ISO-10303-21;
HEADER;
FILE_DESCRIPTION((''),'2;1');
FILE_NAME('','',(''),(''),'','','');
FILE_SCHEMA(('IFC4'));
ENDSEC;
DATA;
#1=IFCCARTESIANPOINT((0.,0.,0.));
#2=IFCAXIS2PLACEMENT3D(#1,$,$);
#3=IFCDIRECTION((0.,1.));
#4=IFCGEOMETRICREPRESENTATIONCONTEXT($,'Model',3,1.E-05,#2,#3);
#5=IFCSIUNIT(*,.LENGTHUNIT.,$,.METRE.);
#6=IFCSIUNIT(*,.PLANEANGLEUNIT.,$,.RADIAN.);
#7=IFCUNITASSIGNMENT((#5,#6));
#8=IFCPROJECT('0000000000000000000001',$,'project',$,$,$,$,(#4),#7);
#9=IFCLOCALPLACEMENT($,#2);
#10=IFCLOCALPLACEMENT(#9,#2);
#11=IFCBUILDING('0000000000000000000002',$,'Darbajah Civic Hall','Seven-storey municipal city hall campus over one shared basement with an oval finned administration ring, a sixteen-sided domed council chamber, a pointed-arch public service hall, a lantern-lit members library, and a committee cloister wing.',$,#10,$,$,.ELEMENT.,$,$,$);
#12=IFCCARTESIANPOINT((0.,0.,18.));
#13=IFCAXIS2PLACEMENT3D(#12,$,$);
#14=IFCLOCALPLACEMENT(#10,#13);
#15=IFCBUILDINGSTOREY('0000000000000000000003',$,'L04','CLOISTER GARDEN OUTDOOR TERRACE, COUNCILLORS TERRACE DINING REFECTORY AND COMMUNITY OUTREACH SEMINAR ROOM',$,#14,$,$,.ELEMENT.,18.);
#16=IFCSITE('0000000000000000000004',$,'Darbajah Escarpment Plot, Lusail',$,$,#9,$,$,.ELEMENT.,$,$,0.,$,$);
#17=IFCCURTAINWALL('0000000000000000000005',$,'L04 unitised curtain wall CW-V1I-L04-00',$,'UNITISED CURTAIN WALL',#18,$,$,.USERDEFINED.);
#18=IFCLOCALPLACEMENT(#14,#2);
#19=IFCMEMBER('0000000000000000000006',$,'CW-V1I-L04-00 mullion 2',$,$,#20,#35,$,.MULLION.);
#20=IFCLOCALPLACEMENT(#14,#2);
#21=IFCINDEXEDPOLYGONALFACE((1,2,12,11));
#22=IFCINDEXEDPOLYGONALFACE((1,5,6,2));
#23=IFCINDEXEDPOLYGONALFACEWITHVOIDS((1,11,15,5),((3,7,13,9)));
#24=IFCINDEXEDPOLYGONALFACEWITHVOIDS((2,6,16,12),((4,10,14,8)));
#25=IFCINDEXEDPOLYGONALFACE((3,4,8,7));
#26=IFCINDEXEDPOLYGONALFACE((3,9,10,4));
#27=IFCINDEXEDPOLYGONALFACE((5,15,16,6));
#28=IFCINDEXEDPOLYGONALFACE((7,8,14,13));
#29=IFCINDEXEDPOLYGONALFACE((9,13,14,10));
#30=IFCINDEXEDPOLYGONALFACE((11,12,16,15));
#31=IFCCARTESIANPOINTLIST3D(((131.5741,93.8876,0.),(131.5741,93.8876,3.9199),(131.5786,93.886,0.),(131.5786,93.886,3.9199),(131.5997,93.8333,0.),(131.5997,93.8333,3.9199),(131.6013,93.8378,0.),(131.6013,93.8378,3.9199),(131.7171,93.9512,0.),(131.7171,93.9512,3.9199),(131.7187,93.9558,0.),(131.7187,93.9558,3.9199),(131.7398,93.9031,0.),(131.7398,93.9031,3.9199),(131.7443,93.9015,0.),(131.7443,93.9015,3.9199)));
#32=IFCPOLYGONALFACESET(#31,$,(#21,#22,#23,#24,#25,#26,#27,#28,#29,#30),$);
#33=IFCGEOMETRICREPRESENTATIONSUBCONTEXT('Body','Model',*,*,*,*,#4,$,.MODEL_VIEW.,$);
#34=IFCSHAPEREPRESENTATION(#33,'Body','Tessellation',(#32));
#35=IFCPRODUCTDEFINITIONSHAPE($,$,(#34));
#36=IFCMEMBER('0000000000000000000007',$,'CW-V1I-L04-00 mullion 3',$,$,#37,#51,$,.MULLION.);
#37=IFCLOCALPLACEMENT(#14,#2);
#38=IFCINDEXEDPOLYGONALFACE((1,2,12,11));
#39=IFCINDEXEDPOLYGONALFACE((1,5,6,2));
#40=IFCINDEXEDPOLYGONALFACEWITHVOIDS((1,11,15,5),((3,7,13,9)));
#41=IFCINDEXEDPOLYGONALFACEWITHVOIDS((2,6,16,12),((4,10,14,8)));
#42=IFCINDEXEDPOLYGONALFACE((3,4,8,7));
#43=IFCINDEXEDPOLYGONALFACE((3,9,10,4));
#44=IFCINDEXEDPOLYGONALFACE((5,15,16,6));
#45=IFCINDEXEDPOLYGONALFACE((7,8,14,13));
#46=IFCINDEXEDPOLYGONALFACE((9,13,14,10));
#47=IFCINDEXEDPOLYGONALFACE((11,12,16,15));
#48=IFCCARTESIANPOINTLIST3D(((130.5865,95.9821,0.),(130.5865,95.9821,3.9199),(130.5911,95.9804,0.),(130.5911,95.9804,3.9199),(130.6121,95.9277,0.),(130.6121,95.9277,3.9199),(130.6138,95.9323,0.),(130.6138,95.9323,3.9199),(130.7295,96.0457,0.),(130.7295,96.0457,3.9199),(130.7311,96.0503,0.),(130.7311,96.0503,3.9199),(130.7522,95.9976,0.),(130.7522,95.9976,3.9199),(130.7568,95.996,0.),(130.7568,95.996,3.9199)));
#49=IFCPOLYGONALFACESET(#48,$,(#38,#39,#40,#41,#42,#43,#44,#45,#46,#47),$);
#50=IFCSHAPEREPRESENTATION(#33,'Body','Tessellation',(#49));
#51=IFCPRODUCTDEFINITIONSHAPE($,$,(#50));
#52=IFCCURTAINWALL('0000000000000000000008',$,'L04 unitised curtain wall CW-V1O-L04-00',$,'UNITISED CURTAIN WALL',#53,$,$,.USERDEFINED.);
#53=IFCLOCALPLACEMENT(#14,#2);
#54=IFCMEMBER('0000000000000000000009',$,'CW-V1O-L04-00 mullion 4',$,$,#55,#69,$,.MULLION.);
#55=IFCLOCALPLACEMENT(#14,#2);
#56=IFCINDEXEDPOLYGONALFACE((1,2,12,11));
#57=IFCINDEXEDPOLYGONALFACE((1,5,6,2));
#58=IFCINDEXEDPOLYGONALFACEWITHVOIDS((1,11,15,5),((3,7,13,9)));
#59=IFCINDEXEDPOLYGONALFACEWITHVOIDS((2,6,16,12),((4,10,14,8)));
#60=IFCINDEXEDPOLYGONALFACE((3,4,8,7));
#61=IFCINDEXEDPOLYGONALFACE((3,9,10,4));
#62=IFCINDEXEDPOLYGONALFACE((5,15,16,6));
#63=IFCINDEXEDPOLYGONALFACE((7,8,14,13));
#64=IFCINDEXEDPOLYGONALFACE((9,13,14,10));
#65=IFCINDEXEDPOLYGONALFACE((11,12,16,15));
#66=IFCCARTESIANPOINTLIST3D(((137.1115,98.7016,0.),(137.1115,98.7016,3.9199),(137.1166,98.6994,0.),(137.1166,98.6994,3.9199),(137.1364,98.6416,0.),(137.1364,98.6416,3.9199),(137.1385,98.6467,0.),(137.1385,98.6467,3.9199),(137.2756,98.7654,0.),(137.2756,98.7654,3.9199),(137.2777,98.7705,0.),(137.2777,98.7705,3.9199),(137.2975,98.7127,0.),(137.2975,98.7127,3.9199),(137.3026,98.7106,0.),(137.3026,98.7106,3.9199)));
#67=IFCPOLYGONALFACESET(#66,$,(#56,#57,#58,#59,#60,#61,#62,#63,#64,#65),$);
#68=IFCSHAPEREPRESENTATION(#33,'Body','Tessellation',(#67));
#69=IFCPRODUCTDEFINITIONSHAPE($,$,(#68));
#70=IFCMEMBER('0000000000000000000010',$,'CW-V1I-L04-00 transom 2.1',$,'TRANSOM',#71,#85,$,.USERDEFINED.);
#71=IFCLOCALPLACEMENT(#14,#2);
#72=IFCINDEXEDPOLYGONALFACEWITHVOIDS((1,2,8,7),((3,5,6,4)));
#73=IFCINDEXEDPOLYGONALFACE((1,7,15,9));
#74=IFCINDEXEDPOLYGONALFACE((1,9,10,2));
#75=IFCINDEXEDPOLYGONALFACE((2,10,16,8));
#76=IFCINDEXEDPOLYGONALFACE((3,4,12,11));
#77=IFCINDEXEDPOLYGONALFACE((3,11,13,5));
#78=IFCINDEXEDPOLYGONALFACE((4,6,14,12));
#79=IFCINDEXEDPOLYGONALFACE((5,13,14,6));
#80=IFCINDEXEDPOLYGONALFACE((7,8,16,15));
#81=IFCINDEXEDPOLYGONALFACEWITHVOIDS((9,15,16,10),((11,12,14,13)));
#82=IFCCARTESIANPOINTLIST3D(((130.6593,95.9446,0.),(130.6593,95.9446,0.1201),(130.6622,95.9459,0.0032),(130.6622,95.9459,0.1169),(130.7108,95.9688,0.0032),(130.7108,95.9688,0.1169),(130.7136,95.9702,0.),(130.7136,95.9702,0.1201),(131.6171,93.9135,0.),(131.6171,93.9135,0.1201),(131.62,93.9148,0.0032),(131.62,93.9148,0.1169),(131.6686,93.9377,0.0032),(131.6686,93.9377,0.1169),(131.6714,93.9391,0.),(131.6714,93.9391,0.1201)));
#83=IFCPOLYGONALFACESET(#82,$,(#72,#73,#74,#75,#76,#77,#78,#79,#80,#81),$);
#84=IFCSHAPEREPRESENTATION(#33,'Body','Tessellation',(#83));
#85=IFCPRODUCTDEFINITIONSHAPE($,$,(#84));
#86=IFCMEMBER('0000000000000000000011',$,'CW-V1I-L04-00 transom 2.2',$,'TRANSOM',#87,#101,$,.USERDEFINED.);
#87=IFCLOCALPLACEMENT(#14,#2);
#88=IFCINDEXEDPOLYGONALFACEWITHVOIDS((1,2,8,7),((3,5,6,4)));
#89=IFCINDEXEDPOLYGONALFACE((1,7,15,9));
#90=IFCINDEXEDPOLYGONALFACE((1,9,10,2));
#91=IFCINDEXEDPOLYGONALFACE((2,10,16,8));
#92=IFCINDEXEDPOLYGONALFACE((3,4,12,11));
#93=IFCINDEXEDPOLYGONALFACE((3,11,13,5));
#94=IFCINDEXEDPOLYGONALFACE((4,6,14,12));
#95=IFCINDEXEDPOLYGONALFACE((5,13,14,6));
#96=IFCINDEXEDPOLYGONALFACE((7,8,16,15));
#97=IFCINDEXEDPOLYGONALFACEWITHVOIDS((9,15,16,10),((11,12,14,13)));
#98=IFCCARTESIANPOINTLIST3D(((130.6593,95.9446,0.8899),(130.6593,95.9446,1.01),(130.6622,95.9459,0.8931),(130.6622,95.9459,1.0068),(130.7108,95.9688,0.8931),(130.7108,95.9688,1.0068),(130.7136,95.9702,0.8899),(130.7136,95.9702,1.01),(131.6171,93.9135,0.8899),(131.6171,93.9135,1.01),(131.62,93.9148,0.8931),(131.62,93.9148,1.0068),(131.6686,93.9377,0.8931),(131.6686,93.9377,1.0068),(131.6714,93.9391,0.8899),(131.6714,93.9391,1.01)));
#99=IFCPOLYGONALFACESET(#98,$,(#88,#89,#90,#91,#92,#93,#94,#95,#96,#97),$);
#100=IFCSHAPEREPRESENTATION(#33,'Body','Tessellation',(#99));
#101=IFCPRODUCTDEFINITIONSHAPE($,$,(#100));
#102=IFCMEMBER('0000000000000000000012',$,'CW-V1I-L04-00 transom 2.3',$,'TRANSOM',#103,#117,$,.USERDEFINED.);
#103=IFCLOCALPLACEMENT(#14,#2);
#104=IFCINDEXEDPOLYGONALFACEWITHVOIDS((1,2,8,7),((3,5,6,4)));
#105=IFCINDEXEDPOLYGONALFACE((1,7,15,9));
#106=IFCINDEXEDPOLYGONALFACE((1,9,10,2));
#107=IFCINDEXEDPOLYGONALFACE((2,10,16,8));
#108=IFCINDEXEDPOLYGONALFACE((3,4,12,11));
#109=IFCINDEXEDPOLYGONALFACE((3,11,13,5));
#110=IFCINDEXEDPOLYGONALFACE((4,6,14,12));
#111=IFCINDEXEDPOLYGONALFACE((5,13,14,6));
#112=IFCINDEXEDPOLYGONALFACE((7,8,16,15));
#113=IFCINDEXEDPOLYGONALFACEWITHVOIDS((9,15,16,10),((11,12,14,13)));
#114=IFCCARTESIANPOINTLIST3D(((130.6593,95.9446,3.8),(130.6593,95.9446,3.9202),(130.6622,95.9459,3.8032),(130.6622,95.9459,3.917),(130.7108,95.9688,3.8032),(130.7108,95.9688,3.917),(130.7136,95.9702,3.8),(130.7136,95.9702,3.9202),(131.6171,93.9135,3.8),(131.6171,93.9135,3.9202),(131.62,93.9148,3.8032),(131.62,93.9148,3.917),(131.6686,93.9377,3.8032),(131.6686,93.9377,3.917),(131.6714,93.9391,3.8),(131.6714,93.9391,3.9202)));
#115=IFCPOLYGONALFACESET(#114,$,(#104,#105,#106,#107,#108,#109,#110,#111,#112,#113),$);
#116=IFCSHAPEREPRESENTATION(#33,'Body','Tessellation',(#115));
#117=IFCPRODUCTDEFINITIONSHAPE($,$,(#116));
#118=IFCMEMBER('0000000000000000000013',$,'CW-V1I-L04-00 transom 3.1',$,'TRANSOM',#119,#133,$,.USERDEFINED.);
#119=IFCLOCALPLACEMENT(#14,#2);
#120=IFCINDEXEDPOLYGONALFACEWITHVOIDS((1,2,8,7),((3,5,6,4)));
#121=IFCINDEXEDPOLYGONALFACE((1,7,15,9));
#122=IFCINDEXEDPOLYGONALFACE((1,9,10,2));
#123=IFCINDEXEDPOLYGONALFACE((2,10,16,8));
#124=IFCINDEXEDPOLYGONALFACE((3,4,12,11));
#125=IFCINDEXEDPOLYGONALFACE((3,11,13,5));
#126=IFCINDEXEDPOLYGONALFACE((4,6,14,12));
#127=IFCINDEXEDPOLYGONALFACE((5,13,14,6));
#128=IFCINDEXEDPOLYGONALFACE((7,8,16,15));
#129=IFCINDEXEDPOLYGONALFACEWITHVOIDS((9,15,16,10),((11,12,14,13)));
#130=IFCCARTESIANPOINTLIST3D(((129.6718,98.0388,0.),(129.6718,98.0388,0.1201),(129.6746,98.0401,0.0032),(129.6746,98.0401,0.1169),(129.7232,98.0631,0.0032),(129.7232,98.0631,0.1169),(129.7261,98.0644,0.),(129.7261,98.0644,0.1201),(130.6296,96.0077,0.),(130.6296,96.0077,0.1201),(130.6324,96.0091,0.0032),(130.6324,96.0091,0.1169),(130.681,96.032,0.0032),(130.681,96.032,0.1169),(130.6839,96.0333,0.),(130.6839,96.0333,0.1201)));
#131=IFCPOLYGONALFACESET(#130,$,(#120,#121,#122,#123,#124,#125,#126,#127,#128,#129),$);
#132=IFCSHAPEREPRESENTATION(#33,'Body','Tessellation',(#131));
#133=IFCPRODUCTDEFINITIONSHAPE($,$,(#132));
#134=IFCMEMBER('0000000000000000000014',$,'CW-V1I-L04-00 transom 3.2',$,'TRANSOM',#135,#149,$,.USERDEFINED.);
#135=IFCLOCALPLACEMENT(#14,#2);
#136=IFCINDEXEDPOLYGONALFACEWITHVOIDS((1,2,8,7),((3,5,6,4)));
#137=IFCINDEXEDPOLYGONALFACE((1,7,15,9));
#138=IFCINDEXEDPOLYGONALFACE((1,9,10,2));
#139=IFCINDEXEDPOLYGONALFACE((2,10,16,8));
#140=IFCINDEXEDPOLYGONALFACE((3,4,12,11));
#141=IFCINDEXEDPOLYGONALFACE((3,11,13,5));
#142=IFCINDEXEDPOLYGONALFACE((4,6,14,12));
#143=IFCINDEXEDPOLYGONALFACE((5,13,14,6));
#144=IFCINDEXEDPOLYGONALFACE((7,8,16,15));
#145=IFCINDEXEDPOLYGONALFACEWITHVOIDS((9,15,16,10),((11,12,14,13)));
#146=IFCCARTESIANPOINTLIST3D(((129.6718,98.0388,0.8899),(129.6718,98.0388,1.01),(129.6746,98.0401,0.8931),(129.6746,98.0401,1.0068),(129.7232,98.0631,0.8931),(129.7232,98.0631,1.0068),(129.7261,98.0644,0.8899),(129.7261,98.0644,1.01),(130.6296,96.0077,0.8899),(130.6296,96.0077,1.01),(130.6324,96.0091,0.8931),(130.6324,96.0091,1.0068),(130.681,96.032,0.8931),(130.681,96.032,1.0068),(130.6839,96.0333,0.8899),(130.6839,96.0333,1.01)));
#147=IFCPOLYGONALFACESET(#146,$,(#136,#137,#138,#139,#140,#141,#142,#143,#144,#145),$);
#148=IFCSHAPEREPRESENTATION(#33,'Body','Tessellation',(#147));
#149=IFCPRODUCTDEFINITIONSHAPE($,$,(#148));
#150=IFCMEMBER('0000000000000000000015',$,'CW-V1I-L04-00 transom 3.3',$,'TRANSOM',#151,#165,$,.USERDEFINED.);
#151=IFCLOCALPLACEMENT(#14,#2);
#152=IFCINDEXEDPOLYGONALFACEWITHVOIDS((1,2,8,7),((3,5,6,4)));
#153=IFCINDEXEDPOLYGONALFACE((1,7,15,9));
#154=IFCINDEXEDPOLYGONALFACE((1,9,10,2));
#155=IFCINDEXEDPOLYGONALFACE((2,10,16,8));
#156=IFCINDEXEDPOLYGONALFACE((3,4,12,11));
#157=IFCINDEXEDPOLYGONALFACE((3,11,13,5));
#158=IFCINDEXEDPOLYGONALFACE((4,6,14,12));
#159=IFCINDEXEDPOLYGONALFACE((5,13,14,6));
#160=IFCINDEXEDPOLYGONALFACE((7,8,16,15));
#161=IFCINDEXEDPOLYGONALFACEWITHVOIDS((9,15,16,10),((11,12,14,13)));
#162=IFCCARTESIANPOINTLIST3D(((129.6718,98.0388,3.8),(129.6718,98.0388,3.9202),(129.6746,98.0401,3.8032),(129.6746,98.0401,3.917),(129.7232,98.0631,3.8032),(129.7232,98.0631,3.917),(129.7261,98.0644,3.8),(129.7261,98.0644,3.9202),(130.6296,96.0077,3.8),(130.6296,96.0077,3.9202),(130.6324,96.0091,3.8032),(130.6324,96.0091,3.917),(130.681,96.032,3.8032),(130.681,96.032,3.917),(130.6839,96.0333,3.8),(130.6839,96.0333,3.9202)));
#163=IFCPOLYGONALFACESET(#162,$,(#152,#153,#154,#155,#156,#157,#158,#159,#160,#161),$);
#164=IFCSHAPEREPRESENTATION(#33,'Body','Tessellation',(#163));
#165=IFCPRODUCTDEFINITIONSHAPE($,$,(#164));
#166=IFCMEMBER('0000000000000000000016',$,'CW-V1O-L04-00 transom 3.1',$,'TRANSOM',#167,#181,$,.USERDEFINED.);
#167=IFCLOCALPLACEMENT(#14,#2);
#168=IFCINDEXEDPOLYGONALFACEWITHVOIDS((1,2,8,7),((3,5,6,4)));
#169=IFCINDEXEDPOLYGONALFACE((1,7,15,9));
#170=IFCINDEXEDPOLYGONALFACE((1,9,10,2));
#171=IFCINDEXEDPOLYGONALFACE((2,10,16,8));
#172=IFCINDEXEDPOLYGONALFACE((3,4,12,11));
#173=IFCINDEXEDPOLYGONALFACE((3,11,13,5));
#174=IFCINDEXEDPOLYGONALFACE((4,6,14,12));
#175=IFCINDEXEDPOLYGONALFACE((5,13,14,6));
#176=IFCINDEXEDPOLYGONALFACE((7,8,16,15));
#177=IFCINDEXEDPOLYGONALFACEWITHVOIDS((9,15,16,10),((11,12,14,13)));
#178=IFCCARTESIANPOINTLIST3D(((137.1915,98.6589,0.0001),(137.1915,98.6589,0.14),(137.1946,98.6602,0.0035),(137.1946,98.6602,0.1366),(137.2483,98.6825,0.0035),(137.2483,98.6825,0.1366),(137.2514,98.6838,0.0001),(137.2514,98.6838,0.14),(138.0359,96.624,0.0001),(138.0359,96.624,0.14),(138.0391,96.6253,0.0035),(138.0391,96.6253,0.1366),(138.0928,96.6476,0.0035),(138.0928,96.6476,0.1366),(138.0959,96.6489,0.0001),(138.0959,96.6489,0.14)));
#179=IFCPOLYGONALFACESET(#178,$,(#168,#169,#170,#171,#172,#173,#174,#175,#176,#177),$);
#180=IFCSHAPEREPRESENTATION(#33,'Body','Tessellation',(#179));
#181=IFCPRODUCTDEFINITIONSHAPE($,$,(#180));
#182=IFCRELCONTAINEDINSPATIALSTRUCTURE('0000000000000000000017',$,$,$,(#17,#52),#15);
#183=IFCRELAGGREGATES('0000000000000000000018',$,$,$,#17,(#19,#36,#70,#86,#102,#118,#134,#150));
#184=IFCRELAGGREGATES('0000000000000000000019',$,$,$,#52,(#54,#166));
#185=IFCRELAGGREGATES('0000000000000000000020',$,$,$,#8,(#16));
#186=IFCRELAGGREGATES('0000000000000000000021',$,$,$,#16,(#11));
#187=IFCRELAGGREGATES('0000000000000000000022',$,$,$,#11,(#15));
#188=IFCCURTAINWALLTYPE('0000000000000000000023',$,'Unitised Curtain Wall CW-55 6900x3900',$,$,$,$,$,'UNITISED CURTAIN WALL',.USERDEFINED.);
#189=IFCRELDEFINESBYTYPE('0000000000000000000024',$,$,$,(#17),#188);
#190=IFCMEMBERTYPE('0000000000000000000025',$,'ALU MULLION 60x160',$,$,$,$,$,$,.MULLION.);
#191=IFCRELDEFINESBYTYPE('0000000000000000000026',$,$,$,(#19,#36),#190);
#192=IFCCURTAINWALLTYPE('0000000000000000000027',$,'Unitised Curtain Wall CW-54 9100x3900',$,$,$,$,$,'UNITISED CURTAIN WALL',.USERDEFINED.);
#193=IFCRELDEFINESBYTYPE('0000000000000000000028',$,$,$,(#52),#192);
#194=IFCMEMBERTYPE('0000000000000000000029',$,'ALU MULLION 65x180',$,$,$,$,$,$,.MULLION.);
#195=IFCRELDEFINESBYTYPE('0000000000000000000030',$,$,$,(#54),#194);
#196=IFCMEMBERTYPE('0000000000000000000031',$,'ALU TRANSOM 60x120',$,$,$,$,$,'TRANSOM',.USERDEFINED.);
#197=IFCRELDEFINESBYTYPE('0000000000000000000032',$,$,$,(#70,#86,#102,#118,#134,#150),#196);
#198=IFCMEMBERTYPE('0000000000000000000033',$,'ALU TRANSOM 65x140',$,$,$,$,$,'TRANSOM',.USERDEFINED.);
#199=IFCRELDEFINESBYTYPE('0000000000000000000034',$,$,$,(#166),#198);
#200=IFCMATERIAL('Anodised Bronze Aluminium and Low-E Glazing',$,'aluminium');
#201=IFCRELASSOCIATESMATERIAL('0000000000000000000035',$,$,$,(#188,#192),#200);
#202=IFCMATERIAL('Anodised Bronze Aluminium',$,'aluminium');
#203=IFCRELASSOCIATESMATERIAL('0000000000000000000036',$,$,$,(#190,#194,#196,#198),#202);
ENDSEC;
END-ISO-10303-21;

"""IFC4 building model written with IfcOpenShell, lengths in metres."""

from ifc_helpers import new_model, si_unit, direction, frame, origin, origin_2d, place, context, subcontext, project, spatial, hollow_rectangle, extrude, material, material_profile, profile_set, type_object, element, aggregate, save


model = new_model("IFC4")

# Units and contexts
model_context = context("Model", 3, precision=1e-05, world=origin(), true_north=direction((0.0, 1.0)))
body_context = subcontext(model_context, "Body", "Model", "MODEL_VIEW")
ifc_project = project(units=[si_unit("LENGTHUNIT", "METRE"), si_unit("PLANEANGLEUNIT", "RADIAN")], contexts=[model_context])

# Site, building, storey
site_placement = place(None, origin())
site = spatial("IfcSite", under=ifc_project, at=site_placement, Name="Darbajah Escarpment Plot, Lusail", CompositionType="ELEMENT", RefElevation=0.0)
building_placement = place(site_placement, origin())
building = spatial("IfcBuilding", under=site, at=building_placement, Name="Darbajah Civic Hall", Description="Seven-storey municipal city hall campus over one shared basement with an oval finned administration ring, a sixteen-sided domed council chamber, a pointed-arch public service hall, a lantern-lit members library, and a committee cloister wing.", CompositionType="ELEMENT")
storey_placement = place(building_placement, frame((0.0, 0.0, 18.0)))
storey = spatial("IfcBuildingStorey", under=building, at=storey_placement, Name="L04", Description="CLOISTER GARDEN OUTDOOR TERRACE, COUNCILLORS TERRACE DINING REFECTORY AND COMMUNITY OUTREACH SEMINAR ROOM", CompositionType="ELEMENT", Elevation=18.0)

# Curtain wall, members
ifc_material_1 = material(Name="Anodised Bronze Aluminium and Low-E Glazing", Category="aluminium")
curtain_wall_type_1 = type_object("IfcCurtainWallType", Name="Unitised Curtain Wall CW-55 6900x3900", ElementType="UNITISED CURTAIN WALL", PredefinedType="USERDEFINED", material=ifc_material_1)
curtain_wall_1_placement = place(storey_placement, origin())
curtain_wall_1 = element("IfcCurtainWall", 1, at=curtain_wall_1_placement, inside=storey, type_object=curtain_wall_type_1, Name="L04 unitised curtain wall CW-V1I-L04-00", ObjectType="UNITISED CURTAIN WALL", PredefinedType="USERDEFINED")
ifc_material_2 = material(Name="Anodised Bronze Aluminium", Category="aluminium")
ifc_material_profile_1 = material_profile(ifc_material_2, hollow_rectangle(XDim=0.0601, YDim=0.1599, WallThickness=0.0034, at=origin_2d()), Name="ALU MULLION 60x160")
ifc_profile_set_1 = profile_set([ifc_material_profile_1], Name="Anodised Bronze Aluminium")
member_type_1 = type_object("IfcMemberType", Name="ALU MULLION 60x160", PredefinedType="MULLION", material=ifc_profile_set_1)
member_1_placement = place(storey_placement, frame((131.6592, 93.8945, 0.0), z_axis=(0.0, 0.0, 1.0), x_axis=(-0.426569, 0.904455, 0.0)))
member_1 = element("IfcMember", 2, at=member_1_placement, type_object=member_type_1, Name="CW-V1I-L04-00 mullion 2", PredefinedType="MULLION", context=body_context, shape_type="SweptSolid", body=[
    extrude(hollow_rectangle(XDim=0.0601, YDim=0.1599, WallThickness=0.0034, at=origin_2d()), origin(), (0.0, 0.0, 1.0), 3.9199),
])
member_2_placement = place(storey_placement, frame((130.6716, 95.989, 0.0), z_axis=(0.0, 0.0, 1.0), x_axis=(-0.426569, 0.904455, 0.0)))
member_2 = element("IfcMember", 3, at=member_2_placement, type_object=member_type_1, Name="CW-V1I-L04-00 mullion 3", PredefinedType="MULLION", context=body_context, shape_type="SweptSolid", body=[
    extrude(hollow_rectangle(XDim=0.0601, YDim=0.1599, WallThickness=0.0034, at=origin_2d()), origin(), (0.0, 0.0, 1.0), 3.9199),
])

# Curtain wall, member
curtain_wall_type_2 = type_object("IfcCurtainWallType", Name="Unitised Curtain Wall CW-54 9100x3900", ElementType="UNITISED CURTAIN WALL", PredefinedType="USERDEFINED", material=ifc_material_1)
curtain_wall_2_placement = place(storey_placement, origin())
curtain_wall_2 = element("IfcCurtainWall", 4, at=curtain_wall_2_placement, inside=storey, type_object=curtain_wall_type_2, Name="L04 unitised curtain wall CW-V1O-L04-00", ObjectType="UNITISED CURTAIN WALL", PredefinedType="USERDEFINED")
ifc_material_profile_2 = material_profile(ifc_material_2, hollow_rectangle(XDim=0.0649, YDim=0.1799, WallThickness=0.0039, at=origin_2d()), Name="ALU MULLION 65x180")
ifc_profile_set_2 = profile_set([ifc_material_profile_2], Name="Anodised Bronze Aluminium")
member_type_2 = type_object("IfcMemberType", Name="ALU MULLION 65x180", PredefinedType="MULLION", material=ifc_profile_set_2)
member_3_placement = place(storey_placement, frame((137.207, 98.7061, 0.0), z_axis=(0.0, 0.0, 1.0), x_axis=(-0.383328, 0.923612, 0.0)))
member_3 = element("IfcMember", 5, at=member_3_placement, type_object=member_type_2, Name="CW-V1O-L04-00 mullion 4", PredefinedType="MULLION", context=body_context, shape_type="SweptSolid", body=[
    extrude(hollow_rectangle(XDim=0.0649, YDim=0.1799, WallThickness=0.0039, at=origin_2d()), origin(), (0.0, 0.0, 1.0), 3.9199),
])

# Members
ifc_material_profile_3 = material_profile(ifc_material_2, hollow_rectangle(XDim=0.0601, YDim=0.1201, WallThickness=0.0032, at=origin_2d()), Name="ALU TRANSOM 60x120")
ifc_profile_set_3 = profile_set([ifc_material_profile_3], Name="Anodised Bronze Aluminium")
member_type_3 = type_object("IfcMemberType", Name="ALU TRANSOM 60x120", ElementType="TRANSOM", PredefinedType="USERDEFINED", material=ifc_profile_set_3)
member_4_placement = place(storey_placement, frame((131.6443, 93.9263, 0.0601), z_axis=(-0.426525, 0.904476, 0.0), x_axis=(-0.904476, -0.426525, 0.0)))
member_4 = element("IfcMember", 6, at=member_4_placement, type_object=member_type_3, Name="CW-V1I-L04-00 transom 2.1", ObjectType="TRANSOM", PredefinedType="USERDEFINED", context=body_context, shape_type="SweptSolid", body=[
    extrude(hollow_rectangle(XDim=0.0601, YDim=0.1201, WallThickness=0.0032, at=origin_2d()), origin(), (0.0, 0.0, 1.0), 2.2456),
])
member_5_placement = place(storey_placement, frame((131.6443, 93.9263, 0.95), z_axis=(-0.426525, 0.904476, 0.0), x_axis=(-0.904476, -0.426525, 0.0)))
member_5 = element("IfcMember", 7, at=member_5_placement, type_object=member_type_3, Name="CW-V1I-L04-00 transom 2.2", ObjectType="TRANSOM", PredefinedType="USERDEFINED", context=body_context, shape_type="SweptSolid", body=[
    extrude(hollow_rectangle(XDim=0.0601, YDim=0.1201, WallThickness=0.0032, at=origin_2d()), origin(), (0.0, 0.0, 1.0), 2.2456),
])
member_6_placement = place(storey_placement, frame((131.6443, 93.9263, 3.8601), z_axis=(-0.426525, 0.904476, 0.0), x_axis=(-0.904476, -0.426525, 0.0)))
member_6 = element("IfcMember", 8, at=member_6_placement, type_object=member_type_3, Name="CW-V1I-L04-00 transom 2.3", ObjectType="TRANSOM", PredefinedType="USERDEFINED", context=body_context, shape_type="SweptSolid", body=[
    extrude(hollow_rectangle(XDim=0.0601, YDim=0.1201, WallThickness=0.0032, at=origin_2d()), origin(), (0.0, 0.0, 1.0), 2.2456),
])
member_7_placement = place(storey_placement, frame((130.6567, 96.0205, 0.0601), z_axis=(-0.426525, 0.904476, 0.0), x_axis=(-0.904476, -0.426525, 0.0)))
member_7 = element("IfcMember", 9, at=member_7_placement, type_object=member_type_3, Name="CW-V1I-L04-00 transom 3.1", ObjectType="TRANSOM", PredefinedType="USERDEFINED", context=body_context, shape_type="SweptSolid", body=[
    extrude(hollow_rectangle(XDim=0.0601, YDim=0.1201, WallThickness=0.0032, at=origin_2d()), origin(), (0.0, 0.0, 1.0), 2.2456),
])
member_8_placement = place(storey_placement, frame((130.6567, 96.0205, 0.95), z_axis=(-0.426525, 0.904476, 0.0), x_axis=(-0.904476, -0.426525, 0.0)))
member_8 = element("IfcMember", 10, at=member_8_placement, type_object=member_type_3, Name="CW-V1I-L04-00 transom 3.2", ObjectType="TRANSOM", PredefinedType="USERDEFINED", context=body_context, shape_type="SweptSolid", body=[
    extrude(hollow_rectangle(XDim=0.0601, YDim=0.1201, WallThickness=0.0032, at=origin_2d()), origin(), (0.0, 0.0, 1.0), 2.2456),
])
member_9_placement = place(storey_placement, frame((130.6567, 96.0205, 3.8601), z_axis=(-0.426525, 0.904476, 0.0), x_axis=(-0.904476, -0.426525, 0.0)))
member_9 = element("IfcMember", 11, at=member_9_placement, type_object=member_type_3, Name="CW-V1I-L04-00 transom 3.3", ObjectType="TRANSOM", PredefinedType="USERDEFINED", context=body_context, shape_type="SweptSolid", body=[
    extrude(hollow_rectangle(XDim=0.0601, YDim=0.1201, WallThickness=0.0032, at=origin_2d()), origin(), (0.0, 0.0, 1.0), 2.2456),
])
ifc_material_profile_4 = material_profile(ifc_material_2, hollow_rectangle(XDim=0.0649, YDim=0.1399, WallThickness=0.0034, at=origin_2d()), Name="ALU TRANSOM 65x140")
ifc_profile_set_4 = profile_set([ifc_material_profile_4], Name="Anodised Bronze Aluminium")
member_type_4 = type_object("IfcMemberType", Name="ALU TRANSOM 65x140", ElementType="TRANSOM", PredefinedType="USERDEFINED", material=ifc_profile_set_4)
member_10_placement = place(storey_placement, frame((138.0659, 96.6365, 0.0701), z_axis=(-0.383301, 0.923623, 0.0), x_axis=(-0.923623, -0.383301, 0.0)))
member_10 = element("IfcMember", 12, at=member_10_placement, type_object=member_type_4, Name="CW-V1O-L04-00 transom 3.1", ObjectType="TRANSOM", PredefinedType="USERDEFINED", context=body_context, shape_type="SweptSolid", body=[
    extrude(hollow_rectangle(XDim=0.0649, YDim=0.1399, WallThickness=0.0034, at=origin_2d()), origin(), (0.0, 0.0, 1.0), 2.2031),
])

aggregate(curtain_wall_1, [member_1, member_2, member_4, member_5, member_6, member_7, member_8, member_9])
aggregate(curtain_wall_2, [member_3, member_10])

save(model, "model.ifc")
